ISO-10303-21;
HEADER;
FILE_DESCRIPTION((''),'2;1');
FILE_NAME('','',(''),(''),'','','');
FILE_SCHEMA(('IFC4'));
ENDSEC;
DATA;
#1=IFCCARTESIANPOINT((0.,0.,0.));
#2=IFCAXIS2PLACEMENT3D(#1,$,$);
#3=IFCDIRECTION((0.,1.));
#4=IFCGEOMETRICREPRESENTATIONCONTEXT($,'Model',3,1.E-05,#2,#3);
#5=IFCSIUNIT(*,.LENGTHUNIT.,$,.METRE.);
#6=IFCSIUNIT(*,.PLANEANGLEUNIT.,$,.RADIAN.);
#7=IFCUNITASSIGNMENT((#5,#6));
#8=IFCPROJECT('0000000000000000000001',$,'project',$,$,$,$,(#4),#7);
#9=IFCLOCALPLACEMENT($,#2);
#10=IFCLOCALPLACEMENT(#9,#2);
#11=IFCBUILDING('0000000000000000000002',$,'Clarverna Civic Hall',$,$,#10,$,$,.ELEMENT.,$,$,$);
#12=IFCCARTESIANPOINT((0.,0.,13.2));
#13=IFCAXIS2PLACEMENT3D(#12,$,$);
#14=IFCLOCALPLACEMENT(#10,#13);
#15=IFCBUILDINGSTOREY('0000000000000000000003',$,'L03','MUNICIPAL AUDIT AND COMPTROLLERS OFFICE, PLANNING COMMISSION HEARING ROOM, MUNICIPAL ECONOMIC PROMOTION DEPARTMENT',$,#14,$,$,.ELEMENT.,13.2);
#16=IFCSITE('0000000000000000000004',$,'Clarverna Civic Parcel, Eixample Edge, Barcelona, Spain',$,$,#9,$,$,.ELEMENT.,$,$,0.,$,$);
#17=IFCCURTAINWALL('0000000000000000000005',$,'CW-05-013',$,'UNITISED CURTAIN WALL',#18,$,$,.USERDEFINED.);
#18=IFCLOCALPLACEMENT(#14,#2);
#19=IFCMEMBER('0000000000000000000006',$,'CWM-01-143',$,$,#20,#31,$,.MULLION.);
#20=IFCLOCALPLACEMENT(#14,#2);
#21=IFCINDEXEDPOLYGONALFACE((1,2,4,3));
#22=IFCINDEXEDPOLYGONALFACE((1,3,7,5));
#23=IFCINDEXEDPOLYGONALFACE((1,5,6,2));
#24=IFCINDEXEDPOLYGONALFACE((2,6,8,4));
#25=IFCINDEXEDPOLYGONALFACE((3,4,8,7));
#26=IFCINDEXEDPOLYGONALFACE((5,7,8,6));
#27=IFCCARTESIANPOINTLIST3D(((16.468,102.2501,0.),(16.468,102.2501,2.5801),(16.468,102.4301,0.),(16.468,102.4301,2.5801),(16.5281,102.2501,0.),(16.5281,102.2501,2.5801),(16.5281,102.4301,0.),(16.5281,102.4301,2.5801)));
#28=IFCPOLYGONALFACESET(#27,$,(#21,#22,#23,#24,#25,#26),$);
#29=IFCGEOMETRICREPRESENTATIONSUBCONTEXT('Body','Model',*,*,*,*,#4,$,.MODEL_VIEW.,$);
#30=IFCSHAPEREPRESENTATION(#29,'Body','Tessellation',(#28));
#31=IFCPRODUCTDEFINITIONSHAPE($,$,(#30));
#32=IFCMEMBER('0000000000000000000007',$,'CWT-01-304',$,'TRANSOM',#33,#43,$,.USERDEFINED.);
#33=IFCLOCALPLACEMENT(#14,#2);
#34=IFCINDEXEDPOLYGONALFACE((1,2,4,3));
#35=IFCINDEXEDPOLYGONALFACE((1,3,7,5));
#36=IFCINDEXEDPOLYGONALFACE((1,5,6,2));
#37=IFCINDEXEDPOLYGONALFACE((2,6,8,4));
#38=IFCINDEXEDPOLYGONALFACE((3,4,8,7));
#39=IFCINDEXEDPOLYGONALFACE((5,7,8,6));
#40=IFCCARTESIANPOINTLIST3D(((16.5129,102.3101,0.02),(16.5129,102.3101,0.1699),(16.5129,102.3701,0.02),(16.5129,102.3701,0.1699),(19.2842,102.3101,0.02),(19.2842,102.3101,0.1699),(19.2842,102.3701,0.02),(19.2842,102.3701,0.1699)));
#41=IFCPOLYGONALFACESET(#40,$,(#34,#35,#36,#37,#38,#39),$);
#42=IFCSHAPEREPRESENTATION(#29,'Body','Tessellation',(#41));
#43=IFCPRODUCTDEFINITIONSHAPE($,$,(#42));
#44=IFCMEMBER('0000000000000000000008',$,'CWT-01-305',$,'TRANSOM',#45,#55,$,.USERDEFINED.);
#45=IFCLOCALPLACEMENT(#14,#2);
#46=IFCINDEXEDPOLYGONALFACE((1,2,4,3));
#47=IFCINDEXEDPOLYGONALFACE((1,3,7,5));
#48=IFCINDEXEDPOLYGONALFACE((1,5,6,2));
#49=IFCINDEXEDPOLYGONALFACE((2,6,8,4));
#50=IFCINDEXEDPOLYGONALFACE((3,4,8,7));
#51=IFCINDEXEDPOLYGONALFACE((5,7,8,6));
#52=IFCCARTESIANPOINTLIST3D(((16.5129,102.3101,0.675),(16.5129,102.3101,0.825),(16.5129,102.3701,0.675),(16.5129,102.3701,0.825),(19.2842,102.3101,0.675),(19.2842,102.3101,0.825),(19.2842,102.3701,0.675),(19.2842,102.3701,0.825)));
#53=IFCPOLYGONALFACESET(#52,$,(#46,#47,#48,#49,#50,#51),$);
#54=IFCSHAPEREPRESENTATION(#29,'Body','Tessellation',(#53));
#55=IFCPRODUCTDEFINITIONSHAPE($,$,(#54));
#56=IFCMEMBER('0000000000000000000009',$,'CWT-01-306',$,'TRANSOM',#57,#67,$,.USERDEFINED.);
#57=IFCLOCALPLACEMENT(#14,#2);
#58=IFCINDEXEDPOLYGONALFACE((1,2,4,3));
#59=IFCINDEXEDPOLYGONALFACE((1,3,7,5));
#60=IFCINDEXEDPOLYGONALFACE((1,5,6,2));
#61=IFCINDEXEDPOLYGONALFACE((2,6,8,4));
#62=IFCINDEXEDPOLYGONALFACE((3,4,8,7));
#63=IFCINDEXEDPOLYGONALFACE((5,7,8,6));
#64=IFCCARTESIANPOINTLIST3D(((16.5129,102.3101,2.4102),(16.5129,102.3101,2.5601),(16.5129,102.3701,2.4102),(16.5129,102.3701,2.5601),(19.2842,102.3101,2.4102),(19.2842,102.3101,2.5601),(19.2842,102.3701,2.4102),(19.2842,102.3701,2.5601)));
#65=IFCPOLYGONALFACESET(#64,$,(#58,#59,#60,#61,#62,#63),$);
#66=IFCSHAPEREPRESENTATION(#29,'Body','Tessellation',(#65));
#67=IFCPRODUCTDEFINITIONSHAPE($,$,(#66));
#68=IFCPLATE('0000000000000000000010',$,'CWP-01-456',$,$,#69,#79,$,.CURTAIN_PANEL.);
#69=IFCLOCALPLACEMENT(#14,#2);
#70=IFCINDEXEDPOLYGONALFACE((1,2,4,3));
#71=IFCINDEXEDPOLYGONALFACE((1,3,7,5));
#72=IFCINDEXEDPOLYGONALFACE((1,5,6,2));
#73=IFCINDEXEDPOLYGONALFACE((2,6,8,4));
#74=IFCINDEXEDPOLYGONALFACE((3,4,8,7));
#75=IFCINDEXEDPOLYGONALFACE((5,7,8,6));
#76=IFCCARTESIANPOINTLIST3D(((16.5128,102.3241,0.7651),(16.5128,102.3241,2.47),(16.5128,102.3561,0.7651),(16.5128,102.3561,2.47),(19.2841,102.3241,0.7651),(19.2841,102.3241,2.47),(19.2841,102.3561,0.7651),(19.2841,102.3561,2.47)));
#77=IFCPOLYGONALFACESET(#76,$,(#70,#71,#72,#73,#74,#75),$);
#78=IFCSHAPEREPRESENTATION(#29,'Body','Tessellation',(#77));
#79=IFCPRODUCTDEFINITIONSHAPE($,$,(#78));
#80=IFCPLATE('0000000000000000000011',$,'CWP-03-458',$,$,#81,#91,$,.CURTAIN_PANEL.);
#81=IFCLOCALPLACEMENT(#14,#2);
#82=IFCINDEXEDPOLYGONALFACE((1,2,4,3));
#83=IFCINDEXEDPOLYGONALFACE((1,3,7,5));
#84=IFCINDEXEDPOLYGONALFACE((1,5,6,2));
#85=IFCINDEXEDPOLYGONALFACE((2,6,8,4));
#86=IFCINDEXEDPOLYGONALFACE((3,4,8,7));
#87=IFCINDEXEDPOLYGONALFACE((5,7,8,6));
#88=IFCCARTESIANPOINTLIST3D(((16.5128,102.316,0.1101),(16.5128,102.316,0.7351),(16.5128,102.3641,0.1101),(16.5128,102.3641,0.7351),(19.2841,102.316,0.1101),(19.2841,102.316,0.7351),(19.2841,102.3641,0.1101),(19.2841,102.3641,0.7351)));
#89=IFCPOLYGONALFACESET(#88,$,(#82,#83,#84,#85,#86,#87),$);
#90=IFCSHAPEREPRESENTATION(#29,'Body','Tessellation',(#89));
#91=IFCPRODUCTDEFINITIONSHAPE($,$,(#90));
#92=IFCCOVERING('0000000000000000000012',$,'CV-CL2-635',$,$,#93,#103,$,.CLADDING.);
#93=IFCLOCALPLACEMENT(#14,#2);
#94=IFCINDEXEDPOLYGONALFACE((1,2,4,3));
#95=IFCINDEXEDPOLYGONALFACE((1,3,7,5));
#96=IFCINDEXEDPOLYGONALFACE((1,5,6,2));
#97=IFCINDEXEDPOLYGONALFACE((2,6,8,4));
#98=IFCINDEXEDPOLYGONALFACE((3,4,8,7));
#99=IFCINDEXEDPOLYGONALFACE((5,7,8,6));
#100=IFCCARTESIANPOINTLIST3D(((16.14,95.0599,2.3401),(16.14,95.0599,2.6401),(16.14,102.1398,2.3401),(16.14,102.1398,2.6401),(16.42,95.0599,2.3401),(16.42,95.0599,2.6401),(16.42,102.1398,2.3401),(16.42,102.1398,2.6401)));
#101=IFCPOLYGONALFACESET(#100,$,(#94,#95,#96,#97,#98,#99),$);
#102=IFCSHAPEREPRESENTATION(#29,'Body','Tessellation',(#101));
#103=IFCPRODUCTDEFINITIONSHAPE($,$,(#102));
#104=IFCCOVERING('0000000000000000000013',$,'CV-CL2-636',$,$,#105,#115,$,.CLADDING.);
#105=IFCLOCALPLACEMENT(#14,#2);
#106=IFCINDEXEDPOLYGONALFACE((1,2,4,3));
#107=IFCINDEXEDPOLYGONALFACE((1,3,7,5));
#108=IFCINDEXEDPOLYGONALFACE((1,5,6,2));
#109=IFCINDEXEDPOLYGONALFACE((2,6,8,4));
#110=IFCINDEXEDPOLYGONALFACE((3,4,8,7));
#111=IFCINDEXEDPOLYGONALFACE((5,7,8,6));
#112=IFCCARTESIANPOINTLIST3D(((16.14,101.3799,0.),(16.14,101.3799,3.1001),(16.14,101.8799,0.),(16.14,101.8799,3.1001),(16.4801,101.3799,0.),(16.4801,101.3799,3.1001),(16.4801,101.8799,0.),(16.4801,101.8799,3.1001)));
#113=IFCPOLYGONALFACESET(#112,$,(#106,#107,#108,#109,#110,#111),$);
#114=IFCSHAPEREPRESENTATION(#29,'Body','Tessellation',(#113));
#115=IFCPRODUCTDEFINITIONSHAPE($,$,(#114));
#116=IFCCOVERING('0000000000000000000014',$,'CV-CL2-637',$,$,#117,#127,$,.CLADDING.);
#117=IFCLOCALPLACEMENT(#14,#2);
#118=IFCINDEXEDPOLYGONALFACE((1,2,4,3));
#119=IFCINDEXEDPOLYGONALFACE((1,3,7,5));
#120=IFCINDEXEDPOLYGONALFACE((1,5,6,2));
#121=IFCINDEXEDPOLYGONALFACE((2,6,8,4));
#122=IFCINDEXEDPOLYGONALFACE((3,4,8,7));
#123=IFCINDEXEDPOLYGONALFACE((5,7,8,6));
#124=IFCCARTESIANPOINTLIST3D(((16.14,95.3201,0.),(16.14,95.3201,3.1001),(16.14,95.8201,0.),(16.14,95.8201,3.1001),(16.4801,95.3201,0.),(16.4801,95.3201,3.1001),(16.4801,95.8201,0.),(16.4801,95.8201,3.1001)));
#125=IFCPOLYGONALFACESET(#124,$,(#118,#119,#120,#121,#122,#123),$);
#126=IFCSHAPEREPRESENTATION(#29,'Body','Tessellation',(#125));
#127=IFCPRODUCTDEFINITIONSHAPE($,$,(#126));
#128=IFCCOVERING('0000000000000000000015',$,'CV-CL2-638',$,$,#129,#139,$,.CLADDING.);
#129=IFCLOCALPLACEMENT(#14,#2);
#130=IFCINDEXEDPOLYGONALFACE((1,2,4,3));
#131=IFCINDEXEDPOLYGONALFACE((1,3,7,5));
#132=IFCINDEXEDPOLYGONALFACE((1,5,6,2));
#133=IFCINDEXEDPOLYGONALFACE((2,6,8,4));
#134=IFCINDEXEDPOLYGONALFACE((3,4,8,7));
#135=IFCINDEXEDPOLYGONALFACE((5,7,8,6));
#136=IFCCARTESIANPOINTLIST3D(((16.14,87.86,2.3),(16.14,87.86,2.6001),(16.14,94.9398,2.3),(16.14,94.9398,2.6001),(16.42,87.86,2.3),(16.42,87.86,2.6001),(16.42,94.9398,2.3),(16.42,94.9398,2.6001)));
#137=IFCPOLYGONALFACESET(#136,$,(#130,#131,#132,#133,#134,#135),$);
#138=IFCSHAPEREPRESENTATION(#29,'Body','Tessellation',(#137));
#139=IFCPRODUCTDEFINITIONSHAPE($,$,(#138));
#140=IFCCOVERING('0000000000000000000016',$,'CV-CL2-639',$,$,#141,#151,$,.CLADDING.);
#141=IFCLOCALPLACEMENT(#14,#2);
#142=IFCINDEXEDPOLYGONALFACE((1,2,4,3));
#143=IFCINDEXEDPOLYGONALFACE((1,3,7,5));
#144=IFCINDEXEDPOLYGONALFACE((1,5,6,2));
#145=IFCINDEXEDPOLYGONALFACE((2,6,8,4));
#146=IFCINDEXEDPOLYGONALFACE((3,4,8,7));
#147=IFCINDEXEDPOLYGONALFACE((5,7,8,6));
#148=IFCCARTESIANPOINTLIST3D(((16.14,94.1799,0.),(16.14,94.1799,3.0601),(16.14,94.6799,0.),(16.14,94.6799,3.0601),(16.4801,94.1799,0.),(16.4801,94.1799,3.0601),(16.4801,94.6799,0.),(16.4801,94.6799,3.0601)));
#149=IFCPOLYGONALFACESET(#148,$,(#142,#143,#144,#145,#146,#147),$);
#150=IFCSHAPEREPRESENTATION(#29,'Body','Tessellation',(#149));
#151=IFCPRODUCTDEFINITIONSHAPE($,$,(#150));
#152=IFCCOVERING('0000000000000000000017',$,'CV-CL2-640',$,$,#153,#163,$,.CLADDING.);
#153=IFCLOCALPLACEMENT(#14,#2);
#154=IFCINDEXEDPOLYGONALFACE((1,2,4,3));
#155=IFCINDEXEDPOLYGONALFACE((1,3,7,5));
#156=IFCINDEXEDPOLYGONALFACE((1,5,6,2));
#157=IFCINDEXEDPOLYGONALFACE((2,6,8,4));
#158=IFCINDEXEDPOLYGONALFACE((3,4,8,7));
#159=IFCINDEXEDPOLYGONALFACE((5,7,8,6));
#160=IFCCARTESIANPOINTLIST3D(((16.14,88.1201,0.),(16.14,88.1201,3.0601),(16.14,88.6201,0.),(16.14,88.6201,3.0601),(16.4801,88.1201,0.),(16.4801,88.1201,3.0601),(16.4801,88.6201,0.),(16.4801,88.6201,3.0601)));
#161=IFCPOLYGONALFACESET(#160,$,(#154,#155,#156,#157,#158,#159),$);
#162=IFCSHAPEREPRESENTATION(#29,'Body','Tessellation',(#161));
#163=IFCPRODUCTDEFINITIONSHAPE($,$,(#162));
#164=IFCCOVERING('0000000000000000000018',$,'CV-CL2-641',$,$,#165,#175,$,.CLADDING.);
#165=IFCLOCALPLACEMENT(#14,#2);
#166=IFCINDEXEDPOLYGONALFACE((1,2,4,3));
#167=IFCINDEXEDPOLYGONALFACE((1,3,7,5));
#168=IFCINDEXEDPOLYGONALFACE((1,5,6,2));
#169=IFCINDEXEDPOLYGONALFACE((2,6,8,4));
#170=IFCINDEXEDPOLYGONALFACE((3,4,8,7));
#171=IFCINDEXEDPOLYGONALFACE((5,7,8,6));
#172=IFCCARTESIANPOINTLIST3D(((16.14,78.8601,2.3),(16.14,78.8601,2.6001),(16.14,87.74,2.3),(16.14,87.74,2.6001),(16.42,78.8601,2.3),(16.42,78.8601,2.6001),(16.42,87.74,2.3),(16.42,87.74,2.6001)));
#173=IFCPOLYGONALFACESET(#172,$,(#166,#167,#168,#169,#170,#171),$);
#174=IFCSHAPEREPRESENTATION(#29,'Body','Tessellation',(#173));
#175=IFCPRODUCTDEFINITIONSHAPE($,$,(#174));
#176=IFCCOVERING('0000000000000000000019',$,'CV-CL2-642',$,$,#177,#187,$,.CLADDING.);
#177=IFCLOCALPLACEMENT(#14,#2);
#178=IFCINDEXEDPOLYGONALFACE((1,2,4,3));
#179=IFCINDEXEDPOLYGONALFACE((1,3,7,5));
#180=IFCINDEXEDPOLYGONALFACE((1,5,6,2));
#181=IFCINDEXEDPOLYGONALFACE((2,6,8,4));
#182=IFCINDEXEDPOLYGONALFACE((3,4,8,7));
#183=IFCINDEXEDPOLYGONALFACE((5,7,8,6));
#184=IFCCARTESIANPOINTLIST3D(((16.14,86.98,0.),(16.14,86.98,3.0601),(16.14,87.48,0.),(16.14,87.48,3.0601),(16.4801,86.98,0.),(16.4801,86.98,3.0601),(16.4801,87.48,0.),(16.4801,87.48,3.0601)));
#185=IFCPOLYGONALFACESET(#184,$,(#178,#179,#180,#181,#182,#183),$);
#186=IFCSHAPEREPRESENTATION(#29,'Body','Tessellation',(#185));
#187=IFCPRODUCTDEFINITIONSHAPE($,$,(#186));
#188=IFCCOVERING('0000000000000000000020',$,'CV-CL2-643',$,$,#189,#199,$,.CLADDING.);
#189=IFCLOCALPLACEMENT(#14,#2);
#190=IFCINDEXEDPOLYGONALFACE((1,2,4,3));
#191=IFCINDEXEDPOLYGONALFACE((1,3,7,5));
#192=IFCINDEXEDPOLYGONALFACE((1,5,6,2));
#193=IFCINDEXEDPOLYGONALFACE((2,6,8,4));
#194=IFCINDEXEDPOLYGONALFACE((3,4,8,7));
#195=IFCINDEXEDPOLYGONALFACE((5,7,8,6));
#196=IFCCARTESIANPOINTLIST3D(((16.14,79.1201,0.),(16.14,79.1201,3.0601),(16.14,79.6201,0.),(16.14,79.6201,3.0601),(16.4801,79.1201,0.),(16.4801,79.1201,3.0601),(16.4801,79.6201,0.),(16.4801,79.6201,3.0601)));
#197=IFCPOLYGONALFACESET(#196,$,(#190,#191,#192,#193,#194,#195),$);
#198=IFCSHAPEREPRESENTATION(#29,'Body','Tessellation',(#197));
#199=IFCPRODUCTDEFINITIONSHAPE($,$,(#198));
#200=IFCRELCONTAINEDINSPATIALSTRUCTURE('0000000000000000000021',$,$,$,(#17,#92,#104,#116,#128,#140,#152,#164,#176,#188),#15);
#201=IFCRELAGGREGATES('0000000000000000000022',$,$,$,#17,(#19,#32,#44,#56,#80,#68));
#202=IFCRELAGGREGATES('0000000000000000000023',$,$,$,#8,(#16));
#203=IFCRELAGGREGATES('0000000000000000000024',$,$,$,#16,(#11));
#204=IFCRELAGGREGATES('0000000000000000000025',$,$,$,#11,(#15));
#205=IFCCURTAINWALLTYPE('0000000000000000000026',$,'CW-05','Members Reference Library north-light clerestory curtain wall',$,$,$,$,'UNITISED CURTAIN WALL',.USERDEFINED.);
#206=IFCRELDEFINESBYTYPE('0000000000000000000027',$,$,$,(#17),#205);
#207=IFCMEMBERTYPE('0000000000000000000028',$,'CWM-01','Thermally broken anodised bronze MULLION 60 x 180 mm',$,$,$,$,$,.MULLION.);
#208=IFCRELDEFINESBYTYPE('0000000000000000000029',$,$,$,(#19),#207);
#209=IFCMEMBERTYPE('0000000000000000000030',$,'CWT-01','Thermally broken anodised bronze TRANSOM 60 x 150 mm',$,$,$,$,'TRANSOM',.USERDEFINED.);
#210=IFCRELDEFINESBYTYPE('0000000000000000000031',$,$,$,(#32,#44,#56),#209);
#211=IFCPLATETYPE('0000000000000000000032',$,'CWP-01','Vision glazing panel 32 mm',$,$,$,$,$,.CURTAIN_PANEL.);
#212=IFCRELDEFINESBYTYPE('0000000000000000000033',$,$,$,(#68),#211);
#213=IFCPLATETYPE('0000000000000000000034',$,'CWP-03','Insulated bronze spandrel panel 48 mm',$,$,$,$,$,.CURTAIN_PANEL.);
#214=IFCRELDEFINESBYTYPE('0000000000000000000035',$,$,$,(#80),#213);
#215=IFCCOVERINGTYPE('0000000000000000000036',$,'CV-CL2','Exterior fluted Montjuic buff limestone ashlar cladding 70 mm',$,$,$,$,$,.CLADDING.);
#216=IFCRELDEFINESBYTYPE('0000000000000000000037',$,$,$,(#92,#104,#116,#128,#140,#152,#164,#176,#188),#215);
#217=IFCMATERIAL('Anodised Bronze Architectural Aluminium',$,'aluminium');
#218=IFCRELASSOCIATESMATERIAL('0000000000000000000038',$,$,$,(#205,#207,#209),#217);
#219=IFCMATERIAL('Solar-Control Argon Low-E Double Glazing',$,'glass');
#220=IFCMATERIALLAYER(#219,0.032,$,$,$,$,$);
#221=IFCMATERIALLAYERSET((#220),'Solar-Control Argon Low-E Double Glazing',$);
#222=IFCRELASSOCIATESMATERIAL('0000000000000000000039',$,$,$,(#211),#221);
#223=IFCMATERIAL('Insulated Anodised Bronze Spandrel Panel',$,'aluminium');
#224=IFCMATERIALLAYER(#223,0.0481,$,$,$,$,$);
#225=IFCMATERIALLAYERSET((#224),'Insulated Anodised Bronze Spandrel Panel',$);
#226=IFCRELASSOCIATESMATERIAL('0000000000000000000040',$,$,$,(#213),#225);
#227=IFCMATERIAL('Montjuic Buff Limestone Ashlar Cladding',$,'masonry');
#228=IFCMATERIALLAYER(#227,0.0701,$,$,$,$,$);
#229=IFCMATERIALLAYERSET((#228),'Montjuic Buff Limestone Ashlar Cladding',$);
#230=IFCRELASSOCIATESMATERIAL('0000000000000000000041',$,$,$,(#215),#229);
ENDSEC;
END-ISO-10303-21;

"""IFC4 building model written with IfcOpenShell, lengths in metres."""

from ifc_helpers import new_model, si_unit, direction, frame, frame_2d, origin, origin_2d, place, context, subcontext, project, spatial, rectangle, extrude, material, layer, layer_set, material_profile, profile_set, type_object, element, aggregate, save


model = new_model("IFC4")

# Units and contexts
model_context = context("Model", 3, precision=1e-05, world=origin(), true_north=direction((0.0, 1.0)))
body_context = subcontext(model_context, "Body", "Model", "MODEL_VIEW")
ifc_project = project(units=[si_unit("LENGTHUNIT", "METRE"), si_unit("PLANEANGLEUNIT", "RADIAN")], contexts=[model_context])

# Site, building, storey
site_placement = place(None, origin())
site = spatial("IfcSite", under=ifc_project, at=site_placement, Name="Clarverna Civic Parcel, Eixample Edge, Barcelona, Spain", CompositionType="ELEMENT", RefElevation=0.0)
building_placement = place(site_placement, origin())
building = spatial("IfcBuilding", under=site, at=building_placement, Name="Clarverna Civic Hall", CompositionType="ELEMENT")
storey_placement = place(building_placement, frame((0.0, 0.0, 13.2)))
storey = spatial("IfcBuildingStorey", under=building, at=storey_placement, Name="L03", Description="MUNICIPAL AUDIT AND COMPTROLLERS OFFICE, PLANNING COMMISSION HEARING ROOM, MUNICIPAL ECONOMIC PROMOTION DEPARTMENT", CompositionType="ELEMENT", Elevation=13.2)

# Curtain wall, members, plates
ifc_material_1 = material(Name="Anodised Bronze Architectural Aluminium", Category="aluminium")
curtain_wall_type = type_object("IfcCurtainWallType", Name="CW-05", Description="Members Reference Library north-light clerestory curtain wall", ElementType="UNITISED CURTAIN WALL", PredefinedType="USERDEFINED", material=ifc_material_1)
curtain_wall_placement = place(storey_placement, origin())
curtain_wall = element("IfcCurtainWall", 1, at=curtain_wall_placement, inside=storey, type_object=curtain_wall_type, Name="CW-05-013", ObjectType="UNITISED CURTAIN WALL", PredefinedType="USERDEFINED")
ifc_material_profile_1 = material_profile(ifc_material_1, rectangle(XDim=0.0601, YDim=0.1799, at=origin_2d()), Name="BRONZE 60x180")
ifc_profile_set_1 = profile_set([ifc_material_profile_1], Name="Anodised Bronze Architectural Aluminium")
member_type_1 = type_object("IfcMemberType", Name="CWM-01", Description="Thermally broken anodised bronze MULLION 60 x 180 mm", PredefinedType="MULLION", material=ifc_profile_set_1)
member_1_placement = place(storey_placement, frame((16.498, 102.3401, 0.0), z_axis=(0.0, 0.0, 1.0), x_axis=(1.0, 0.0, 0.0)))
member_1 = element("IfcMember", 2, at=member_1_placement, type_object=member_type_1, Name="CWM-01-143", PredefinedType="MULLION", context=body_context, shape_type="SweptSolid", body=[
    extrude(rectangle(XDim=0.0601, YDim=0.1799, at=origin_2d()), origin(), (0.0, 0.0, 1.0), 2.5801),
])
ifc_material_profile_2 = material_profile(ifc_material_1, rectangle(XDim=0.0601, YDim=0.1499, at=origin_2d()), Name="BRONZE 60x150")
ifc_profile_set_2 = profile_set([ifc_material_profile_2], Name="Anodised Bronze Architectural Aluminium")
member_type_2 = type_object("IfcMemberType", Name="CWT-01", Description="Thermally broken anodised bronze TRANSOM 60 x 150 mm", ElementType="TRANSOM", PredefinedType="USERDEFINED", material=ifc_profile_set_2)
member_2_placement = place(storey_placement, frame((19.2842, 102.3401, 0.095), z_axis=(-1.0, 0.0, 0.0), x_axis=(0.0, -1.0, 0.0)))
member_2 = element("IfcMember", 3, at=member_2_placement, type_object=member_type_2, Name="CWT-01-304", ObjectType="TRANSOM", PredefinedType="USERDEFINED", context=body_context, shape_type="SweptSolid", body=[
    extrude(rectangle(XDim=0.0601, YDim=0.1499, at=origin_2d()), origin(), (0.0, 0.0, 1.0), 2.7712),
])
member_3_placement = place(storey_placement, frame((19.2842, 102.3401, 0.75), z_axis=(-1.0, 0.0, 0.0), x_axis=(0.0, -1.0, 0.0)))
member_3 = element("IfcMember", 4, at=member_3_placement, type_object=member_type_2, Name="CWT-01-305", ObjectType="TRANSOM", PredefinedType="USERDEFINED", context=body_context, shape_type="SweptSolid", body=[
    extrude(rectangle(XDim=0.0601, YDim=0.1499, at=origin_2d()), origin(), (0.0, 0.0, 1.0), 2.7712),
])
member_4_placement = place(storey_placement, frame((19.2842, 102.3401, 2.4851), z_axis=(-1.0, 0.0, 0.0), x_axis=(0.0, -1.0, 0.0)))
member_4 = element("IfcMember", 5, at=member_4_placement, type_object=member_type_2, Name="CWT-01-306", ObjectType="TRANSOM", PredefinedType="USERDEFINED", context=body_context, shape_type="SweptSolid", body=[
    extrude(rectangle(XDim=0.0601, YDim=0.1499, at=origin_2d()), origin(), (0.0, 0.0, 1.0), 2.7712),
])
ifc_material_2 = material(Name="Solar-Control Argon Low-E Double Glazing", Category="glass")
ifc_layer_1 = layer(ifc_material_2, 0.032)
ifc_layer_set_1 = layer_set([ifc_layer_1], Name="Solar-Control Argon Low-E Double Glazing")
plate_type_1 = type_object("IfcPlateType", Name="CWP-01", Description="Vision glazing panel 32 mm", PredefinedType="CURTAIN_PANEL", material=ifc_layer_set_1)
plate_1_placement = place(storey_placement, frame((19.2842, 102.3401, 0.7651), z_axis=(0.0, 0.0, 1.0), x_axis=(-1.0, 0.0, 0.0)))
plate_1 = element("IfcPlate", 6, at=plate_1_placement, type_object=plate_type_1, Name="CWP-01-456", PredefinedType="CURTAIN_PANEL", context=body_context, shape_type="SweptSolid", body=[
    extrude(rectangle(XDim=2.7712, YDim=0.032, at=frame_2d((1.3857, 0.0))), origin(), (0.0, 0.0, 1.0), 1.7048),
])
ifc_material_3 = material(Name="Insulated Anodised Bronze Spandrel Panel", Category="aluminium")
ifc_layer_2 = layer(ifc_material_3, 0.0481)
ifc_layer_set_2 = layer_set([ifc_layer_2], Name="Insulated Anodised Bronze Spandrel Panel")
plate_type_2 = type_object("IfcPlateType", Name="CWP-03", Description="Insulated bronze spandrel panel 48 mm", PredefinedType="CURTAIN_PANEL", material=ifc_layer_set_2)
plate_2_placement = place(storey_placement, frame((19.2842, 102.3401, 0.1101), z_axis=(0.0, 0.0, 1.0), x_axis=(-1.0, 0.0, 0.0)))
plate_2 = element("IfcPlate", 7, at=plate_2_placement, type_object=plate_type_2, Name="CWP-03-458", PredefinedType="CURTAIN_PANEL", context=body_context, shape_type="SweptSolid", body=[
    extrude(rectangle(XDim=2.7712, YDim=0.0481, at=frame_2d((1.3857, 0.0))), origin(), (0.0, 0.0, 1.0), 0.625),
])
aggregate(curtain_wall, [member_1, member_2, member_3, member_4, plate_2, plate_1])

# Coverings
ifc_material_4 = material(Name="Montjuic Buff Limestone Ashlar Cladding", Category="masonry")
ifc_layer_3 = layer(ifc_material_4, 0.0701)
ifc_layer_set_3 = layer_set([ifc_layer_3], Name="Montjuic Buff Limestone Ashlar Cladding")
covering_type = type_object("IfcCoveringType", Name="CV-CL2", Description="Exterior fluted Montjuic buff limestone ashlar cladding 70 mm", PredefinedType="CLADDING", material=ifc_layer_set_3)
covering_1_placement = place(storey_placement, frame((16.28, 102.1399, 2.3401), z_axis=(0.0, 0.0, 1.0), x_axis=(0.0, -1.0, 0.0)))
element("IfcCovering", 8, at=covering_1_placement, inside=storey, type_object=covering_type, Name="CV-CL2-635", PredefinedType="CLADDING", context=body_context, shape_type="SweptSolid", body=[
    extrude(rectangle(XDim=7.0798, YDim=0.28, at=frame_2d((3.54, 0.0))), origin(), (0.0, 0.0, 1.0), 0.3),
])
for number, where, z_axis, x_axis, name in (
    (9, (16.3101, 101.8799, 0.0), (0.0, 0.0, 1.0), (0.0, -1.0, 0.0), "CV-CL2-636"),
    (10, (16.3101, 95.8201, 0.0), (0.0, 0.0, 1.0), (0.0, -1.0, 0.0), "CV-CL2-637"),
):
    element("IfcCovering", number, at=place(storey_placement, frame(where, z_axis=z_axis, x_axis=x_axis)), inside=storey, type_object=covering_type, Name=name, PredefinedType="CLADDING", context=body_context, shape_type="SweptSolid", body=[
        extrude(rectangle(XDim=0.5, YDim=0.3401, at=frame_2d((0.25, 0.0))), origin(), (0.0, 0.0, 1.0), 3.1001),
    ])
covering_2_placement = place(storey_placement, frame((16.28, 94.9399, 2.3), z_axis=(0.0, 0.0, 1.0), x_axis=(0.0, -1.0, 0.0)))
element("IfcCovering", 11, at=covering_2_placement, inside=storey, type_object=covering_type, Name="CV-CL2-638", PredefinedType="CLADDING", context=body_context, shape_type="SweptSolid", body=[
    extrude(rectangle(XDim=7.0798, YDim=0.28, at=frame_2d((3.54, 0.0))), origin(), (0.0, 0.0, 1.0), 0.3),
])
for number, where, z_axis, x_axis, name in (
    (12, (16.3101, 94.6799, 0.0), (0.0, 0.0, 1.0), (0.0, -1.0, 0.0), "CV-CL2-639"),
    (13, (16.3101, 88.6201, 0.0), (0.0, 0.0, 1.0), (0.0, -1.0, 0.0), "CV-CL2-640"),
):
    element("IfcCovering", number, at=place(storey_placement, frame(where, z_axis=z_axis, x_axis=x_axis)), inside=storey, type_object=covering_type, Name=name, PredefinedType="CLADDING", context=body_context, shape_type="SweptSolid", body=[
        extrude(rectangle(XDim=0.5, YDim=0.3401, at=frame_2d((0.25, 0.0))), origin(), (0.0, 0.0, 1.0), 3.0601),
    ])
covering_3_placement = place(storey_placement, frame((16.28, 87.74, 2.3), z_axis=(0.0, 0.0, 1.0), x_axis=(0.0, -1.0, 0.0)))
element("IfcCovering", 14, at=covering_3_placement, inside=storey, type_object=covering_type, Name="CV-CL2-641", PredefinedType="CLADDING", context=body_context, shape_type="SweptSolid", body=[
    extrude(rectangle(XDim=8.8799, YDim=0.28, at=frame_2d((4.4399, 0.0))), origin(), (0.0, 0.0, 1.0), 0.3),
])
for number, where, z_axis, x_axis, name in (
    (15, (16.3101, 87.48, 0.0), (0.0, 0.0, 1.0), (0.0, -1.0, 0.0), "CV-CL2-642"),
    (16, (16.3101, 79.6201, 0.0), (0.0, 0.0, 1.0), (0.0, -1.0, 0.0), "CV-CL2-643"),
):
    element("IfcCovering", number, at=place(storey_placement, frame(where, z_axis=z_axis, x_axis=x_axis)), inside=storey, type_object=covering_type, Name=name, PredefinedType="CLADDING", context=body_context, shape_type="SweptSolid", body=[
        extrude(rectangle(XDim=0.5, YDim=0.3401, at=frame_2d((0.25, 0.0))), origin(), (0.0, 0.0, 1.0), 3.0601),
    ])

save(model, "model.ifc")
